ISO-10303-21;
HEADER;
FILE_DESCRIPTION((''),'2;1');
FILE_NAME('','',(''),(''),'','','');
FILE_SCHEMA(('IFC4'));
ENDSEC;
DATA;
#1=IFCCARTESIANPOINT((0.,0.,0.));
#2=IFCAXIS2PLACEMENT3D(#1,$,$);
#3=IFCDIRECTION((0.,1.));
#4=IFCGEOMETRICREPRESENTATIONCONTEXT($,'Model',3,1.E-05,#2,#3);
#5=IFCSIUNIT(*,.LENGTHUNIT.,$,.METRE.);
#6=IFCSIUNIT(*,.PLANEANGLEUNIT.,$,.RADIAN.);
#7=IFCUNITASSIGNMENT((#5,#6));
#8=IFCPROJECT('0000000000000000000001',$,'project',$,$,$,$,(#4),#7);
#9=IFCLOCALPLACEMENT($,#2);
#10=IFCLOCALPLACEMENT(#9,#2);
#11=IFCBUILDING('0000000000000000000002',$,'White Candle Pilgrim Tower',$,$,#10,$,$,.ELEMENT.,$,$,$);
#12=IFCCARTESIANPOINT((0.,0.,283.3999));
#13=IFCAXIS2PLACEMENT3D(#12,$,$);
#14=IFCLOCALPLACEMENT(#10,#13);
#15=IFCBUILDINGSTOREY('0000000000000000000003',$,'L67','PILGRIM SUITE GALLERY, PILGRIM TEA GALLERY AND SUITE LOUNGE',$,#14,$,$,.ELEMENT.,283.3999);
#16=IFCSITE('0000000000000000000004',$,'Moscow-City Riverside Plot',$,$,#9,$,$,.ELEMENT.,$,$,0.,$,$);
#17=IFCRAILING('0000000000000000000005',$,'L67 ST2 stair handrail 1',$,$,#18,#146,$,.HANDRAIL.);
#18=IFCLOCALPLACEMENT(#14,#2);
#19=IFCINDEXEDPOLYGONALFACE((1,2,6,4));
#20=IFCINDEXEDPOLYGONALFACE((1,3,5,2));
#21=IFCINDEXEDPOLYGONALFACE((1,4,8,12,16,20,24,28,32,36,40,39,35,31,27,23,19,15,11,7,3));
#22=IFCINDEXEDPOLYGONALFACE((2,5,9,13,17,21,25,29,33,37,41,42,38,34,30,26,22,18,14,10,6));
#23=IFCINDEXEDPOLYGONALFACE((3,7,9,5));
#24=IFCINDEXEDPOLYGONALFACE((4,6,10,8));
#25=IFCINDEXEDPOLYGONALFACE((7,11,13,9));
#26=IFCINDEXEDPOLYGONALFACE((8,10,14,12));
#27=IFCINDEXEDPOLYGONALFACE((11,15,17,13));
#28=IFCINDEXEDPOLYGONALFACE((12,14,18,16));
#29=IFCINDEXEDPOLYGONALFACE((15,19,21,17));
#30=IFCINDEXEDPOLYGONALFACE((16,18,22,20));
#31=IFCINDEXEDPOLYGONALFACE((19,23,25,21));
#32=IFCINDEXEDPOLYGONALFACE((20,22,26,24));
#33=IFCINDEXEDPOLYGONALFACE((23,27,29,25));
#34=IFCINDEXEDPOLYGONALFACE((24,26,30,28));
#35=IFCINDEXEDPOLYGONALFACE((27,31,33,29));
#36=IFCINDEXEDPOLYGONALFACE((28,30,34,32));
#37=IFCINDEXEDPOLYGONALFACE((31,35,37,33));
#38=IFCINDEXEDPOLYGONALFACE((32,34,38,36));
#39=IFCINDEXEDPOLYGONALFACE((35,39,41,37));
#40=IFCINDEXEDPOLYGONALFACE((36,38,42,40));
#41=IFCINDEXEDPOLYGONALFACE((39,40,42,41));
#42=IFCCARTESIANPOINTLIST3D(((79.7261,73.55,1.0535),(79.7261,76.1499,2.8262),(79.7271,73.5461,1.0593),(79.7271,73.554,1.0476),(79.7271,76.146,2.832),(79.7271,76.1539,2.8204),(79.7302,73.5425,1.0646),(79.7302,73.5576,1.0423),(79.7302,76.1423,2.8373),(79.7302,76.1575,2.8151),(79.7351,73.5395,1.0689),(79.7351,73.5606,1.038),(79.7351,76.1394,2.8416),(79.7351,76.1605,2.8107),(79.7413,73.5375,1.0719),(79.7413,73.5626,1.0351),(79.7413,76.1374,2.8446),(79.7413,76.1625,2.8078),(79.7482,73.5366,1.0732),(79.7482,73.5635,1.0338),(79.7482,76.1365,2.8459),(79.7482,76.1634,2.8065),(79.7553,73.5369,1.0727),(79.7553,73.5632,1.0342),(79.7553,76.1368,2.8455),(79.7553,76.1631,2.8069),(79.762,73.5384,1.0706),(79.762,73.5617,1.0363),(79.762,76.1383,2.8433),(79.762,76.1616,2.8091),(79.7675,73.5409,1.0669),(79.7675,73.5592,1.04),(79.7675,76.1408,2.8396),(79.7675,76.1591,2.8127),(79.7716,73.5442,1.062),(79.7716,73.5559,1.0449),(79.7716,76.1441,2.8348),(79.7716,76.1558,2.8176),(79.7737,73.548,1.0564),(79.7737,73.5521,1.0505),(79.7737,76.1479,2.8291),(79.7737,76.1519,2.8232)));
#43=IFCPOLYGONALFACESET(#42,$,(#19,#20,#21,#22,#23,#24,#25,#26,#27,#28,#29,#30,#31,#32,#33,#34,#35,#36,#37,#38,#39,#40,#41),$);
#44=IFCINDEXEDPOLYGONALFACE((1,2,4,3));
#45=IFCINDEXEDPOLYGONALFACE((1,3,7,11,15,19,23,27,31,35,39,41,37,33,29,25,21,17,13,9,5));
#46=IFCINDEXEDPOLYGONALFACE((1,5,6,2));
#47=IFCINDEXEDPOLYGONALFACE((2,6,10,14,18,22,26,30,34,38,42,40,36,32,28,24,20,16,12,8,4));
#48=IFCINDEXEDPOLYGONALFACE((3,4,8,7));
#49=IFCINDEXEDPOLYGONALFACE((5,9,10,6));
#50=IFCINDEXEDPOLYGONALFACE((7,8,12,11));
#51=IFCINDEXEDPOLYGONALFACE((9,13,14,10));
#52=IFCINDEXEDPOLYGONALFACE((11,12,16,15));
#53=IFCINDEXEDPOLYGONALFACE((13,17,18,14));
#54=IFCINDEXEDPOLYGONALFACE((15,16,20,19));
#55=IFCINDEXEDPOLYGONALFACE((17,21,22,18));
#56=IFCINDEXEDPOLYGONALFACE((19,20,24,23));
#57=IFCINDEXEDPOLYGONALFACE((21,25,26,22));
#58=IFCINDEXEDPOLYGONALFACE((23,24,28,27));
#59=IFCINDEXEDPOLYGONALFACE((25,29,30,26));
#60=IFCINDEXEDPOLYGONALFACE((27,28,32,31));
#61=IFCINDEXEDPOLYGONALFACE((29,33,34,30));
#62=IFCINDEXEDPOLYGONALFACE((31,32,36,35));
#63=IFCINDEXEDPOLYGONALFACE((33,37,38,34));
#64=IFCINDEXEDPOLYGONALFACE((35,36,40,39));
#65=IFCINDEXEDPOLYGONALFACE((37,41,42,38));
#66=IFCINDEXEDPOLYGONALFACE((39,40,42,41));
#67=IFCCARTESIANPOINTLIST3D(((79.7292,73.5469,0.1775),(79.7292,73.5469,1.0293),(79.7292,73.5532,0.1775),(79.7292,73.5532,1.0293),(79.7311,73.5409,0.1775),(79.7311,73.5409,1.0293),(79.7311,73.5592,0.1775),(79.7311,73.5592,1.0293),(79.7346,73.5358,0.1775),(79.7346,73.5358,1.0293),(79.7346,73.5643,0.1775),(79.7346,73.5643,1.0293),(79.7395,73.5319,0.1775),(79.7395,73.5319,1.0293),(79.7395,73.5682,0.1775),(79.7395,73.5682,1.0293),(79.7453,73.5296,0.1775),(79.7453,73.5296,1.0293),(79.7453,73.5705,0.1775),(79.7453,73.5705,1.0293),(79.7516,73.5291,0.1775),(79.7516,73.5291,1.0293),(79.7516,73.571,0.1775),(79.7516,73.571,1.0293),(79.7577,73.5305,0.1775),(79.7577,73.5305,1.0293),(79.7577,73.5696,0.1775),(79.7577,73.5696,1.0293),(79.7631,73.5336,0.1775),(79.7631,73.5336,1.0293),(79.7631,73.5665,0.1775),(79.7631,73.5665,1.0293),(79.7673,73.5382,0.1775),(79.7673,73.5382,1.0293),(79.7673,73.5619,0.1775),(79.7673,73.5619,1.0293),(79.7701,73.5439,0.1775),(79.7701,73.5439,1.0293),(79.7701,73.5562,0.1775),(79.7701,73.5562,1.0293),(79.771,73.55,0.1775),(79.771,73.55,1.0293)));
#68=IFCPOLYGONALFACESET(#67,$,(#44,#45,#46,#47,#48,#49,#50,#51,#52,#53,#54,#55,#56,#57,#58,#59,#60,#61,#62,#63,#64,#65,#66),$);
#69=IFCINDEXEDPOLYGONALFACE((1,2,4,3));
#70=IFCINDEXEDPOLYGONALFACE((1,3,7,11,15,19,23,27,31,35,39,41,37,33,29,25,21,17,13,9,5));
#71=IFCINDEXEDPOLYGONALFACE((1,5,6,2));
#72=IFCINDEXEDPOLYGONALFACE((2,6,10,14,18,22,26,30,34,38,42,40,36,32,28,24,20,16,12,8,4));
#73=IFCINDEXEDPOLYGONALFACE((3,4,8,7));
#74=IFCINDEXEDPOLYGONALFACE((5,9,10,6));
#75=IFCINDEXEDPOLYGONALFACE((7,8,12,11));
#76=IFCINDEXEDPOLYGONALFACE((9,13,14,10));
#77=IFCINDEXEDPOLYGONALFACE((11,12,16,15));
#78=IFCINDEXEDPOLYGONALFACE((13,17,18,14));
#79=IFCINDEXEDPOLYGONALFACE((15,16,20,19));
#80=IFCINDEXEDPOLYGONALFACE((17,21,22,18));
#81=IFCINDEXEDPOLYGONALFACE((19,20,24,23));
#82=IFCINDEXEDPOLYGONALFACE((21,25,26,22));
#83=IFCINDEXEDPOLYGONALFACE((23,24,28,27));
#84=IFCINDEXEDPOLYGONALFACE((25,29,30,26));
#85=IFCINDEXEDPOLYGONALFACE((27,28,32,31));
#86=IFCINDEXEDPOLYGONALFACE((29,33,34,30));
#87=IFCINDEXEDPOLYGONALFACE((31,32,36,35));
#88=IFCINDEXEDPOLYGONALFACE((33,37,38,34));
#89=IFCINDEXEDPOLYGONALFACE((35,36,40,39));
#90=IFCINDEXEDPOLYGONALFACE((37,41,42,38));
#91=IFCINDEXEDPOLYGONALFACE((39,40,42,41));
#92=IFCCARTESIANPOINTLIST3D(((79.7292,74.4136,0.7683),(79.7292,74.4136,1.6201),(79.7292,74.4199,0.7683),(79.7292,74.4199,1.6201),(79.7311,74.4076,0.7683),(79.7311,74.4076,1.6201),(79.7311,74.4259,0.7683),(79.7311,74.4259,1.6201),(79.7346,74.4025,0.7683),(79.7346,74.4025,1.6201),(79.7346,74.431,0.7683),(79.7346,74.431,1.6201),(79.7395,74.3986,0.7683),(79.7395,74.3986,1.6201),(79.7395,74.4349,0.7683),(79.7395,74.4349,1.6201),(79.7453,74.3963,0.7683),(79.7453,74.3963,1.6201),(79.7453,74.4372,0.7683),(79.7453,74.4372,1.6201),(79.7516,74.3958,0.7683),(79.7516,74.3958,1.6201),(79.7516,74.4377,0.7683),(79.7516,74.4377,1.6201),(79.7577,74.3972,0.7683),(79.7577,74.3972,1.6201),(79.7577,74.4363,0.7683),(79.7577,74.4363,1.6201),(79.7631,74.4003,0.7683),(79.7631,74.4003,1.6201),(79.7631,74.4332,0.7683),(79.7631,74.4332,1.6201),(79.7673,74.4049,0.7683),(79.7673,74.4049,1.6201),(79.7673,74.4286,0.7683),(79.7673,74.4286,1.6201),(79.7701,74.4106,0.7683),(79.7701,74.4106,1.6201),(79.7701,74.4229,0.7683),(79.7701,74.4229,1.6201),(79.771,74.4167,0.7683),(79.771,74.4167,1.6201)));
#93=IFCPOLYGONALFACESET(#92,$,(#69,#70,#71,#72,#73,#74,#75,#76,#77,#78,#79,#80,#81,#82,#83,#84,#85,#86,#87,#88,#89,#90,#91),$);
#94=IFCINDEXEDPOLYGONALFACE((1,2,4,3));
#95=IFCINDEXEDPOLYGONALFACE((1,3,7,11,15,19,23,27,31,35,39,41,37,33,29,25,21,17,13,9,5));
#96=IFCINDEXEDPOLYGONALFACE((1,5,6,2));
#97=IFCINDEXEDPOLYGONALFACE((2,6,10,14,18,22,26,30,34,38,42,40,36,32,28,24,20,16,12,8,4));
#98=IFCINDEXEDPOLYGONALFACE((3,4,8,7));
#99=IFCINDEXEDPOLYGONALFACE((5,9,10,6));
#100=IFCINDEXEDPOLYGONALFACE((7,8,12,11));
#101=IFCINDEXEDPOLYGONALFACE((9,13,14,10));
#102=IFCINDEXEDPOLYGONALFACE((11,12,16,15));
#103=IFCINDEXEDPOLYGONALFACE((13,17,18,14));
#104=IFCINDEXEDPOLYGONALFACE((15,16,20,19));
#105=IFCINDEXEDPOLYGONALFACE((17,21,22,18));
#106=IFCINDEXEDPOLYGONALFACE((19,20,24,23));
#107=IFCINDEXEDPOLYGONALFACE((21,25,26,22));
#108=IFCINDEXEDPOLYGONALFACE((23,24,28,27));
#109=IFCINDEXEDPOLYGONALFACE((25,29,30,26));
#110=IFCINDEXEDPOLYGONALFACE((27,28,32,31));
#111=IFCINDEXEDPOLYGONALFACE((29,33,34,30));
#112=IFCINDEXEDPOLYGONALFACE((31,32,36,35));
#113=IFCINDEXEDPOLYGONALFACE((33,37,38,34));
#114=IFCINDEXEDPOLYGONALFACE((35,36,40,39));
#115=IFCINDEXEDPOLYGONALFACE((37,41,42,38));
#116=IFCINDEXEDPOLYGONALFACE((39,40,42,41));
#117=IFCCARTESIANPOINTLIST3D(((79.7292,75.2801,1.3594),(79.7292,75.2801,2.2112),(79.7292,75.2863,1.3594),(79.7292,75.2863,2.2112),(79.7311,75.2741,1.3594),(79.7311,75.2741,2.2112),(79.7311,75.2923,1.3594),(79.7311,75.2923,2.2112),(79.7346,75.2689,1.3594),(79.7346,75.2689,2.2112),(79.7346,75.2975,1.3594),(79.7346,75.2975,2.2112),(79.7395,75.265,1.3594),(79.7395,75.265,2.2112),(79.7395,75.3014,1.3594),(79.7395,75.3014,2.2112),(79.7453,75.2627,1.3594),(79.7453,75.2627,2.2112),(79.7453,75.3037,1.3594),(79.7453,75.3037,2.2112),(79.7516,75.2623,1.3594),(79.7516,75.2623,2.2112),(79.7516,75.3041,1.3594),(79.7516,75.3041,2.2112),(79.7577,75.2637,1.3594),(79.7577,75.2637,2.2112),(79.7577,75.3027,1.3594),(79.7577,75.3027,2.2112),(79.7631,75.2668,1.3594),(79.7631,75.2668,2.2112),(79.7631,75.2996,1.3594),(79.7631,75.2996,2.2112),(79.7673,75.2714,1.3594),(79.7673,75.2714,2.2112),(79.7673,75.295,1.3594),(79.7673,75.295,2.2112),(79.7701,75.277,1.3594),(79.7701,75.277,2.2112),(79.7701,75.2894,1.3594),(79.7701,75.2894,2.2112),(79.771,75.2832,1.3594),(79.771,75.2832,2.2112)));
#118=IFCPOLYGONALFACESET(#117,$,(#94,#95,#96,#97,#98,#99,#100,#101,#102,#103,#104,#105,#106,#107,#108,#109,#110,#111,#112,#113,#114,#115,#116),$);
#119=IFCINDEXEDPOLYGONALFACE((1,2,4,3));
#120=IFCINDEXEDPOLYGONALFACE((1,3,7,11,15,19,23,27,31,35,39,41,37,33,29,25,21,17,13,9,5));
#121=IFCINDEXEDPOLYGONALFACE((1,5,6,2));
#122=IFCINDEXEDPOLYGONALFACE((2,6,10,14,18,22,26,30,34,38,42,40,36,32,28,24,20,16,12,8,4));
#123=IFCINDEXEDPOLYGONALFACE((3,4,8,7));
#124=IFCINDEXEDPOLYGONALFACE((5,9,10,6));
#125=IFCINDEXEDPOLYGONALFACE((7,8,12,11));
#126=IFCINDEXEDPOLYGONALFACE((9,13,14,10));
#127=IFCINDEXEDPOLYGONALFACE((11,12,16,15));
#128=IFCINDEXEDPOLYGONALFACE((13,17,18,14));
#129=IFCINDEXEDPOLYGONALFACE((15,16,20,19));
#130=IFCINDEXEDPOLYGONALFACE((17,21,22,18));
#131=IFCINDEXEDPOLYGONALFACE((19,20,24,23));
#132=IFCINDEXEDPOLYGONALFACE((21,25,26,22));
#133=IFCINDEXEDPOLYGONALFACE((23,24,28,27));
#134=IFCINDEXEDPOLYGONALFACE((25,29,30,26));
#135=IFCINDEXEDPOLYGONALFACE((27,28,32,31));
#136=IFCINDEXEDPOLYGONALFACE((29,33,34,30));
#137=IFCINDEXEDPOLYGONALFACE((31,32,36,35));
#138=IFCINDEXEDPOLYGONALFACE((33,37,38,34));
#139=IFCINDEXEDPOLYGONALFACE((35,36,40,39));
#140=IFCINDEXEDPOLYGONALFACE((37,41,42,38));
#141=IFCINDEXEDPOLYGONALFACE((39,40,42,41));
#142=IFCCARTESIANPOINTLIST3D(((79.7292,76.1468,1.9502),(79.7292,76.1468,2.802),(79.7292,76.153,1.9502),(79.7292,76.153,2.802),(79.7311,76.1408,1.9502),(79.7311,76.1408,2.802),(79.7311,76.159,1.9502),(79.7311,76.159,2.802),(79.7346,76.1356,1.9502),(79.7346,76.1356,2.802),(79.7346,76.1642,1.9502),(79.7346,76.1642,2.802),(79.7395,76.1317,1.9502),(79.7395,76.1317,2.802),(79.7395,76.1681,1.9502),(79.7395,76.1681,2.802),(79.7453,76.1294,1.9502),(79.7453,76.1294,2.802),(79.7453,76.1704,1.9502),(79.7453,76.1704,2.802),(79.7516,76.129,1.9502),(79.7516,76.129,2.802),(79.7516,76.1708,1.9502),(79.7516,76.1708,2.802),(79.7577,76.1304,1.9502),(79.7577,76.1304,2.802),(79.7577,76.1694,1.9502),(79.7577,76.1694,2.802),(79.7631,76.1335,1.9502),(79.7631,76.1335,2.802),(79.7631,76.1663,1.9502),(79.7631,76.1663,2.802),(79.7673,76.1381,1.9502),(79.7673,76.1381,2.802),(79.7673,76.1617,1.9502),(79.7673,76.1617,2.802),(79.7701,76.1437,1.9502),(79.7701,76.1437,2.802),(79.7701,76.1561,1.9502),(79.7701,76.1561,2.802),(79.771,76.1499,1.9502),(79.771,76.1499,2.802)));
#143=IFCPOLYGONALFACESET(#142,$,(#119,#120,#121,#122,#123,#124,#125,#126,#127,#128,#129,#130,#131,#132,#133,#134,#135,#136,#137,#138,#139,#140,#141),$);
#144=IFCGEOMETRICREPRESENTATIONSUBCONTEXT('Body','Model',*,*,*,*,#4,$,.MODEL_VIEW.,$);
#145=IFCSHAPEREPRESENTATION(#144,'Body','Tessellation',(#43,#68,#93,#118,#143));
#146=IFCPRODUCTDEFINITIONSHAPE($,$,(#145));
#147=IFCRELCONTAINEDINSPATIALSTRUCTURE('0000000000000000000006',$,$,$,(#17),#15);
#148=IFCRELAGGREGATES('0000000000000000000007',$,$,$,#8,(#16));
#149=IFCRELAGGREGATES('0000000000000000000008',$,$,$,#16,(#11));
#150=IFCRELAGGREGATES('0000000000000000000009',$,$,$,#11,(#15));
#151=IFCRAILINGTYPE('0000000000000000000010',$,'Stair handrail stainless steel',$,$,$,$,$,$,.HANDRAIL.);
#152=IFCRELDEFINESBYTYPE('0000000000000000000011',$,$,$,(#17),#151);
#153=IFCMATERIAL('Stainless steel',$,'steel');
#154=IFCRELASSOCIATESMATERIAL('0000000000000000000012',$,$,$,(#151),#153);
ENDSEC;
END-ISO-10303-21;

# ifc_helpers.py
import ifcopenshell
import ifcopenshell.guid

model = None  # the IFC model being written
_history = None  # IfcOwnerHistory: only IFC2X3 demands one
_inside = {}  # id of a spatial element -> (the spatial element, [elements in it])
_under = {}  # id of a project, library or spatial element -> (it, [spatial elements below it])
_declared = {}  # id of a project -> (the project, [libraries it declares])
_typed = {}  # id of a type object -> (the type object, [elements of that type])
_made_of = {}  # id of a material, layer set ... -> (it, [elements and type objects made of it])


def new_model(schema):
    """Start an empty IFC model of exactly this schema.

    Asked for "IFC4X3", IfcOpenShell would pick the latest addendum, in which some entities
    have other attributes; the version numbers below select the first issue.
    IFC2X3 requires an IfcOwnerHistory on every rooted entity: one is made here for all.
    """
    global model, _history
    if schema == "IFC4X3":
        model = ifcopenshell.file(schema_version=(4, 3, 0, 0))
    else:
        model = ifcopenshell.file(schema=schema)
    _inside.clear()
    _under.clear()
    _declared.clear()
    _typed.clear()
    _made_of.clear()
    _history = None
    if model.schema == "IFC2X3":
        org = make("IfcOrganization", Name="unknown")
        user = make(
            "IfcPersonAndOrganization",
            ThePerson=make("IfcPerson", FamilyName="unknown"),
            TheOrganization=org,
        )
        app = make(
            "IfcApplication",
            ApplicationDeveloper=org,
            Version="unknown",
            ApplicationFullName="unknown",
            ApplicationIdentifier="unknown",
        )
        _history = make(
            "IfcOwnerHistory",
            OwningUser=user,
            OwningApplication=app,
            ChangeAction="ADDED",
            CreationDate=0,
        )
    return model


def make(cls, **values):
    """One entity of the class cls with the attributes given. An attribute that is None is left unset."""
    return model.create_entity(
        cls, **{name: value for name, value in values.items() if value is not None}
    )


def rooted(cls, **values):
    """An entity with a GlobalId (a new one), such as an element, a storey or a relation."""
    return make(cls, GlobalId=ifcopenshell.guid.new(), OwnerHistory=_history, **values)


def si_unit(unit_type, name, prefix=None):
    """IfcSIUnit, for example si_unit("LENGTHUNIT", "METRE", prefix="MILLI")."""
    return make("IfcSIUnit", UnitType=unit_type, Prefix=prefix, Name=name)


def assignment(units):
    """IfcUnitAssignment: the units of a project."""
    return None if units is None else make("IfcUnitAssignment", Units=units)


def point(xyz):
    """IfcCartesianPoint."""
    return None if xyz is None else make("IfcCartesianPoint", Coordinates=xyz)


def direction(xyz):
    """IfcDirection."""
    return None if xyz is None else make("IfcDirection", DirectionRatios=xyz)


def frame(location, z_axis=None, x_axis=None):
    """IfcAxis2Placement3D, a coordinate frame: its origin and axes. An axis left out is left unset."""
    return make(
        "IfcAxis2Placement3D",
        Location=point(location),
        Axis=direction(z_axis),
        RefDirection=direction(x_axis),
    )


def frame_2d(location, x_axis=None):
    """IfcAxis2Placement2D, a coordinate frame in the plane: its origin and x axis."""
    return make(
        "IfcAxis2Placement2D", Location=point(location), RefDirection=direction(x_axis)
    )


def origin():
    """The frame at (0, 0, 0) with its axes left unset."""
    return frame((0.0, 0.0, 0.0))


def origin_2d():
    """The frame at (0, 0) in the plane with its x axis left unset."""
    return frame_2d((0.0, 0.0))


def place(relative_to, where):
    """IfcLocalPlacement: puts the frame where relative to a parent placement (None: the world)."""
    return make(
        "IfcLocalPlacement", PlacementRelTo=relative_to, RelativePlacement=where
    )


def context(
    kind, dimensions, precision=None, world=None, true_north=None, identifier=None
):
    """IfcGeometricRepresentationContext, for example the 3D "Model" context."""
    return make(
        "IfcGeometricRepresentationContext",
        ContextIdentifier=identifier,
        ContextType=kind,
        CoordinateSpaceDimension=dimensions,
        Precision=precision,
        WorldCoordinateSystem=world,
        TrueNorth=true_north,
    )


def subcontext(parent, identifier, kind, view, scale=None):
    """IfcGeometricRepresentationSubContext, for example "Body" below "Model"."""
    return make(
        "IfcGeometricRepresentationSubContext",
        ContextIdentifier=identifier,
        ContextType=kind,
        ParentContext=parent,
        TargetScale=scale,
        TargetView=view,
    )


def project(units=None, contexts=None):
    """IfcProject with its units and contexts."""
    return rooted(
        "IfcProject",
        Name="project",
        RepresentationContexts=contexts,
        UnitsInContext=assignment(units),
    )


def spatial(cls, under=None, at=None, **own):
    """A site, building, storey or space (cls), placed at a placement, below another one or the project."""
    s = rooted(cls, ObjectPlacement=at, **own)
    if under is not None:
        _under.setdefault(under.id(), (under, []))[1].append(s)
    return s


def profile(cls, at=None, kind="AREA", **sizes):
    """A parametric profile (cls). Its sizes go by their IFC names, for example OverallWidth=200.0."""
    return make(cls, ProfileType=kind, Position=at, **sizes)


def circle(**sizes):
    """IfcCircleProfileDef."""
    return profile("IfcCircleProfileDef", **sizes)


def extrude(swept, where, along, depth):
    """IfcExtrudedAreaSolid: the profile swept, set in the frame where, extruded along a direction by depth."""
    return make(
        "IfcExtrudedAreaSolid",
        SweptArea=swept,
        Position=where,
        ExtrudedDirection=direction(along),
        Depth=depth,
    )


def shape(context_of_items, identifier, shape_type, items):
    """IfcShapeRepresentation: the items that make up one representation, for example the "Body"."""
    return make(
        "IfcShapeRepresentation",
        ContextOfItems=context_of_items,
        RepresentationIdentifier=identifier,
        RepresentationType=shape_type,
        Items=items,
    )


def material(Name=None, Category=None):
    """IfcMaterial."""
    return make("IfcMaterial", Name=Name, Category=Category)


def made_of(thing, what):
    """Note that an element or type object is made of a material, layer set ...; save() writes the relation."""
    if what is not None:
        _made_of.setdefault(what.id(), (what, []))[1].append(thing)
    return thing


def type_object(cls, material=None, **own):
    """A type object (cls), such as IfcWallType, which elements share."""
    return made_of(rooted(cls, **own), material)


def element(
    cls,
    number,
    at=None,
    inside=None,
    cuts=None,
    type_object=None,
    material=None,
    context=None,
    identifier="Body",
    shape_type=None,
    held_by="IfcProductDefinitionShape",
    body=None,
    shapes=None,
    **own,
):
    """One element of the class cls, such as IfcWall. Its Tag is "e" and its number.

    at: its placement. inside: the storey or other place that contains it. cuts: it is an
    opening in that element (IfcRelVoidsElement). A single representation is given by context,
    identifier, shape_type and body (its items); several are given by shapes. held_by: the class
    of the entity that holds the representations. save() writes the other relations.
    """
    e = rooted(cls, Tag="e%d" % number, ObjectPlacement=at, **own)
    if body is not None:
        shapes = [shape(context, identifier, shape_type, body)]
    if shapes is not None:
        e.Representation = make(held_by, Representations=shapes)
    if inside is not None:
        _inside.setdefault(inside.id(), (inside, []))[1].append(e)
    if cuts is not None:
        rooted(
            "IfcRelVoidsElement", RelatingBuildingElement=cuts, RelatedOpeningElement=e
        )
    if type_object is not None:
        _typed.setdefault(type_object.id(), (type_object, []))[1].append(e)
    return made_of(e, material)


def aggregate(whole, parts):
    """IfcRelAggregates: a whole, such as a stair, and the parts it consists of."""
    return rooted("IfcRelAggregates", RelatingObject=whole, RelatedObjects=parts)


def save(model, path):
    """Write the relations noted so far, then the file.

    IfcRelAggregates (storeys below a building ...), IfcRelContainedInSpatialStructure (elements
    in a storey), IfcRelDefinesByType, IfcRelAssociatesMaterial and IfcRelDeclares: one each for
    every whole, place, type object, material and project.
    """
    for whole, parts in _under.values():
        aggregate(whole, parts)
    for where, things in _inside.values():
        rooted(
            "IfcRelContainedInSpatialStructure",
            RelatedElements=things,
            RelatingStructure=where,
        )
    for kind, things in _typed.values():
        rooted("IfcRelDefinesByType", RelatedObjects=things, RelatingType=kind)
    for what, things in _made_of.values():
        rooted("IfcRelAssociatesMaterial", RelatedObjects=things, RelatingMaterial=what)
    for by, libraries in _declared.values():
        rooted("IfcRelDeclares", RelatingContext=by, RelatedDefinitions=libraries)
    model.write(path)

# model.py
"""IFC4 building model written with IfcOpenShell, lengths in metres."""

from ifc_helpers import new_model, si_unit, direction, frame, origin, origin_2d, place, context, subcontext, project, spatial, circle, extrude, material, type_object, element, save


model = new_model("IFC4")

# Units and contexts
model_context = context("Model", 3, precision=1e-05, world=origin(), true_north=direction((0.0, 1.0)))
body_context = subcontext(model_context, "Body", "Model", "MODEL_VIEW")
ifc_project = project(units=[si_unit("LENGTHUNIT", "METRE"), si_unit("PLANEANGLEUNIT", "RADIAN")], contexts=[model_context])

# Site, building, storey
site_placement = place(None, origin())
site = spatial("IfcSite", under=ifc_project, at=site_placement, Name="Moscow-City Riverside Plot", CompositionType="ELEMENT", RefElevation=0.0)
building_placement = place(site_placement, origin())
building = spatial("IfcBuilding", under=site, at=building_placement, Name="White Candle Pilgrim Tower", CompositionType="ELEMENT")
storey_placement = place(building_placement, frame((0.0, 0.0, 283.3999)))
storey = spatial("IfcBuildingStorey", under=building, at=storey_placement, Name="L67", Description="PILGRIM SUITE GALLERY, PILGRIM TEA GALLERY AND SUITE LOUNGE", CompositionType="ELEMENT", Elevation=283.3999)

# Railing
ifc_material_1 = material(Name="Stainless steel", Category="steel")
railing_type_1 = type_object("IfcRailingType", Name="Stair handrail stainless steel", PredefinedType="HANDRAIL", material=ifc_material_1)
railing_1_placement = place(storey_placement, frame((79.75, 73.55, 0.1775)))
element("IfcRailing", 1, at=railing_1_placement, inside=storey, type_object=railing_type_1, Name="L67 ST2 stair handrail 1", PredefinedType="HANDRAIL", context=body_context, shape_type="SweptSolid", body=[
    extrude(circle(Radius=0.0239, at=origin_2d()), frame((0.0, 0.0, 0.876), z_axis=(0.0, 0.826216, 0.563354), x_axis=(-1.0, 0.0, 0.0)), (0.0, 0.0, 1.0), 3.1467),
    extrude(circle(Radius=0.021, at=origin_2d()), origin(), (0.0, 0.0, 1.0), 0.8518),
    extrude(circle(Radius=0.021, at=origin_2d()), frame((0.0, 0.8667, 0.5908)), (0.0, 0.0, 1.0), 0.8518),
    extrude(circle(Radius=0.021, at=origin_2d()), frame((0.0, 1.7332, 1.1819)), (0.0, 0.0, 1.0), 0.8518),
    extrude(circle(Radius=0.021, at=origin_2d()), frame((0.0, 2.5999, 1.7727)), (0.0, 0.0, 1.0), 0.8518),
])

save(model, "model.ifc")
